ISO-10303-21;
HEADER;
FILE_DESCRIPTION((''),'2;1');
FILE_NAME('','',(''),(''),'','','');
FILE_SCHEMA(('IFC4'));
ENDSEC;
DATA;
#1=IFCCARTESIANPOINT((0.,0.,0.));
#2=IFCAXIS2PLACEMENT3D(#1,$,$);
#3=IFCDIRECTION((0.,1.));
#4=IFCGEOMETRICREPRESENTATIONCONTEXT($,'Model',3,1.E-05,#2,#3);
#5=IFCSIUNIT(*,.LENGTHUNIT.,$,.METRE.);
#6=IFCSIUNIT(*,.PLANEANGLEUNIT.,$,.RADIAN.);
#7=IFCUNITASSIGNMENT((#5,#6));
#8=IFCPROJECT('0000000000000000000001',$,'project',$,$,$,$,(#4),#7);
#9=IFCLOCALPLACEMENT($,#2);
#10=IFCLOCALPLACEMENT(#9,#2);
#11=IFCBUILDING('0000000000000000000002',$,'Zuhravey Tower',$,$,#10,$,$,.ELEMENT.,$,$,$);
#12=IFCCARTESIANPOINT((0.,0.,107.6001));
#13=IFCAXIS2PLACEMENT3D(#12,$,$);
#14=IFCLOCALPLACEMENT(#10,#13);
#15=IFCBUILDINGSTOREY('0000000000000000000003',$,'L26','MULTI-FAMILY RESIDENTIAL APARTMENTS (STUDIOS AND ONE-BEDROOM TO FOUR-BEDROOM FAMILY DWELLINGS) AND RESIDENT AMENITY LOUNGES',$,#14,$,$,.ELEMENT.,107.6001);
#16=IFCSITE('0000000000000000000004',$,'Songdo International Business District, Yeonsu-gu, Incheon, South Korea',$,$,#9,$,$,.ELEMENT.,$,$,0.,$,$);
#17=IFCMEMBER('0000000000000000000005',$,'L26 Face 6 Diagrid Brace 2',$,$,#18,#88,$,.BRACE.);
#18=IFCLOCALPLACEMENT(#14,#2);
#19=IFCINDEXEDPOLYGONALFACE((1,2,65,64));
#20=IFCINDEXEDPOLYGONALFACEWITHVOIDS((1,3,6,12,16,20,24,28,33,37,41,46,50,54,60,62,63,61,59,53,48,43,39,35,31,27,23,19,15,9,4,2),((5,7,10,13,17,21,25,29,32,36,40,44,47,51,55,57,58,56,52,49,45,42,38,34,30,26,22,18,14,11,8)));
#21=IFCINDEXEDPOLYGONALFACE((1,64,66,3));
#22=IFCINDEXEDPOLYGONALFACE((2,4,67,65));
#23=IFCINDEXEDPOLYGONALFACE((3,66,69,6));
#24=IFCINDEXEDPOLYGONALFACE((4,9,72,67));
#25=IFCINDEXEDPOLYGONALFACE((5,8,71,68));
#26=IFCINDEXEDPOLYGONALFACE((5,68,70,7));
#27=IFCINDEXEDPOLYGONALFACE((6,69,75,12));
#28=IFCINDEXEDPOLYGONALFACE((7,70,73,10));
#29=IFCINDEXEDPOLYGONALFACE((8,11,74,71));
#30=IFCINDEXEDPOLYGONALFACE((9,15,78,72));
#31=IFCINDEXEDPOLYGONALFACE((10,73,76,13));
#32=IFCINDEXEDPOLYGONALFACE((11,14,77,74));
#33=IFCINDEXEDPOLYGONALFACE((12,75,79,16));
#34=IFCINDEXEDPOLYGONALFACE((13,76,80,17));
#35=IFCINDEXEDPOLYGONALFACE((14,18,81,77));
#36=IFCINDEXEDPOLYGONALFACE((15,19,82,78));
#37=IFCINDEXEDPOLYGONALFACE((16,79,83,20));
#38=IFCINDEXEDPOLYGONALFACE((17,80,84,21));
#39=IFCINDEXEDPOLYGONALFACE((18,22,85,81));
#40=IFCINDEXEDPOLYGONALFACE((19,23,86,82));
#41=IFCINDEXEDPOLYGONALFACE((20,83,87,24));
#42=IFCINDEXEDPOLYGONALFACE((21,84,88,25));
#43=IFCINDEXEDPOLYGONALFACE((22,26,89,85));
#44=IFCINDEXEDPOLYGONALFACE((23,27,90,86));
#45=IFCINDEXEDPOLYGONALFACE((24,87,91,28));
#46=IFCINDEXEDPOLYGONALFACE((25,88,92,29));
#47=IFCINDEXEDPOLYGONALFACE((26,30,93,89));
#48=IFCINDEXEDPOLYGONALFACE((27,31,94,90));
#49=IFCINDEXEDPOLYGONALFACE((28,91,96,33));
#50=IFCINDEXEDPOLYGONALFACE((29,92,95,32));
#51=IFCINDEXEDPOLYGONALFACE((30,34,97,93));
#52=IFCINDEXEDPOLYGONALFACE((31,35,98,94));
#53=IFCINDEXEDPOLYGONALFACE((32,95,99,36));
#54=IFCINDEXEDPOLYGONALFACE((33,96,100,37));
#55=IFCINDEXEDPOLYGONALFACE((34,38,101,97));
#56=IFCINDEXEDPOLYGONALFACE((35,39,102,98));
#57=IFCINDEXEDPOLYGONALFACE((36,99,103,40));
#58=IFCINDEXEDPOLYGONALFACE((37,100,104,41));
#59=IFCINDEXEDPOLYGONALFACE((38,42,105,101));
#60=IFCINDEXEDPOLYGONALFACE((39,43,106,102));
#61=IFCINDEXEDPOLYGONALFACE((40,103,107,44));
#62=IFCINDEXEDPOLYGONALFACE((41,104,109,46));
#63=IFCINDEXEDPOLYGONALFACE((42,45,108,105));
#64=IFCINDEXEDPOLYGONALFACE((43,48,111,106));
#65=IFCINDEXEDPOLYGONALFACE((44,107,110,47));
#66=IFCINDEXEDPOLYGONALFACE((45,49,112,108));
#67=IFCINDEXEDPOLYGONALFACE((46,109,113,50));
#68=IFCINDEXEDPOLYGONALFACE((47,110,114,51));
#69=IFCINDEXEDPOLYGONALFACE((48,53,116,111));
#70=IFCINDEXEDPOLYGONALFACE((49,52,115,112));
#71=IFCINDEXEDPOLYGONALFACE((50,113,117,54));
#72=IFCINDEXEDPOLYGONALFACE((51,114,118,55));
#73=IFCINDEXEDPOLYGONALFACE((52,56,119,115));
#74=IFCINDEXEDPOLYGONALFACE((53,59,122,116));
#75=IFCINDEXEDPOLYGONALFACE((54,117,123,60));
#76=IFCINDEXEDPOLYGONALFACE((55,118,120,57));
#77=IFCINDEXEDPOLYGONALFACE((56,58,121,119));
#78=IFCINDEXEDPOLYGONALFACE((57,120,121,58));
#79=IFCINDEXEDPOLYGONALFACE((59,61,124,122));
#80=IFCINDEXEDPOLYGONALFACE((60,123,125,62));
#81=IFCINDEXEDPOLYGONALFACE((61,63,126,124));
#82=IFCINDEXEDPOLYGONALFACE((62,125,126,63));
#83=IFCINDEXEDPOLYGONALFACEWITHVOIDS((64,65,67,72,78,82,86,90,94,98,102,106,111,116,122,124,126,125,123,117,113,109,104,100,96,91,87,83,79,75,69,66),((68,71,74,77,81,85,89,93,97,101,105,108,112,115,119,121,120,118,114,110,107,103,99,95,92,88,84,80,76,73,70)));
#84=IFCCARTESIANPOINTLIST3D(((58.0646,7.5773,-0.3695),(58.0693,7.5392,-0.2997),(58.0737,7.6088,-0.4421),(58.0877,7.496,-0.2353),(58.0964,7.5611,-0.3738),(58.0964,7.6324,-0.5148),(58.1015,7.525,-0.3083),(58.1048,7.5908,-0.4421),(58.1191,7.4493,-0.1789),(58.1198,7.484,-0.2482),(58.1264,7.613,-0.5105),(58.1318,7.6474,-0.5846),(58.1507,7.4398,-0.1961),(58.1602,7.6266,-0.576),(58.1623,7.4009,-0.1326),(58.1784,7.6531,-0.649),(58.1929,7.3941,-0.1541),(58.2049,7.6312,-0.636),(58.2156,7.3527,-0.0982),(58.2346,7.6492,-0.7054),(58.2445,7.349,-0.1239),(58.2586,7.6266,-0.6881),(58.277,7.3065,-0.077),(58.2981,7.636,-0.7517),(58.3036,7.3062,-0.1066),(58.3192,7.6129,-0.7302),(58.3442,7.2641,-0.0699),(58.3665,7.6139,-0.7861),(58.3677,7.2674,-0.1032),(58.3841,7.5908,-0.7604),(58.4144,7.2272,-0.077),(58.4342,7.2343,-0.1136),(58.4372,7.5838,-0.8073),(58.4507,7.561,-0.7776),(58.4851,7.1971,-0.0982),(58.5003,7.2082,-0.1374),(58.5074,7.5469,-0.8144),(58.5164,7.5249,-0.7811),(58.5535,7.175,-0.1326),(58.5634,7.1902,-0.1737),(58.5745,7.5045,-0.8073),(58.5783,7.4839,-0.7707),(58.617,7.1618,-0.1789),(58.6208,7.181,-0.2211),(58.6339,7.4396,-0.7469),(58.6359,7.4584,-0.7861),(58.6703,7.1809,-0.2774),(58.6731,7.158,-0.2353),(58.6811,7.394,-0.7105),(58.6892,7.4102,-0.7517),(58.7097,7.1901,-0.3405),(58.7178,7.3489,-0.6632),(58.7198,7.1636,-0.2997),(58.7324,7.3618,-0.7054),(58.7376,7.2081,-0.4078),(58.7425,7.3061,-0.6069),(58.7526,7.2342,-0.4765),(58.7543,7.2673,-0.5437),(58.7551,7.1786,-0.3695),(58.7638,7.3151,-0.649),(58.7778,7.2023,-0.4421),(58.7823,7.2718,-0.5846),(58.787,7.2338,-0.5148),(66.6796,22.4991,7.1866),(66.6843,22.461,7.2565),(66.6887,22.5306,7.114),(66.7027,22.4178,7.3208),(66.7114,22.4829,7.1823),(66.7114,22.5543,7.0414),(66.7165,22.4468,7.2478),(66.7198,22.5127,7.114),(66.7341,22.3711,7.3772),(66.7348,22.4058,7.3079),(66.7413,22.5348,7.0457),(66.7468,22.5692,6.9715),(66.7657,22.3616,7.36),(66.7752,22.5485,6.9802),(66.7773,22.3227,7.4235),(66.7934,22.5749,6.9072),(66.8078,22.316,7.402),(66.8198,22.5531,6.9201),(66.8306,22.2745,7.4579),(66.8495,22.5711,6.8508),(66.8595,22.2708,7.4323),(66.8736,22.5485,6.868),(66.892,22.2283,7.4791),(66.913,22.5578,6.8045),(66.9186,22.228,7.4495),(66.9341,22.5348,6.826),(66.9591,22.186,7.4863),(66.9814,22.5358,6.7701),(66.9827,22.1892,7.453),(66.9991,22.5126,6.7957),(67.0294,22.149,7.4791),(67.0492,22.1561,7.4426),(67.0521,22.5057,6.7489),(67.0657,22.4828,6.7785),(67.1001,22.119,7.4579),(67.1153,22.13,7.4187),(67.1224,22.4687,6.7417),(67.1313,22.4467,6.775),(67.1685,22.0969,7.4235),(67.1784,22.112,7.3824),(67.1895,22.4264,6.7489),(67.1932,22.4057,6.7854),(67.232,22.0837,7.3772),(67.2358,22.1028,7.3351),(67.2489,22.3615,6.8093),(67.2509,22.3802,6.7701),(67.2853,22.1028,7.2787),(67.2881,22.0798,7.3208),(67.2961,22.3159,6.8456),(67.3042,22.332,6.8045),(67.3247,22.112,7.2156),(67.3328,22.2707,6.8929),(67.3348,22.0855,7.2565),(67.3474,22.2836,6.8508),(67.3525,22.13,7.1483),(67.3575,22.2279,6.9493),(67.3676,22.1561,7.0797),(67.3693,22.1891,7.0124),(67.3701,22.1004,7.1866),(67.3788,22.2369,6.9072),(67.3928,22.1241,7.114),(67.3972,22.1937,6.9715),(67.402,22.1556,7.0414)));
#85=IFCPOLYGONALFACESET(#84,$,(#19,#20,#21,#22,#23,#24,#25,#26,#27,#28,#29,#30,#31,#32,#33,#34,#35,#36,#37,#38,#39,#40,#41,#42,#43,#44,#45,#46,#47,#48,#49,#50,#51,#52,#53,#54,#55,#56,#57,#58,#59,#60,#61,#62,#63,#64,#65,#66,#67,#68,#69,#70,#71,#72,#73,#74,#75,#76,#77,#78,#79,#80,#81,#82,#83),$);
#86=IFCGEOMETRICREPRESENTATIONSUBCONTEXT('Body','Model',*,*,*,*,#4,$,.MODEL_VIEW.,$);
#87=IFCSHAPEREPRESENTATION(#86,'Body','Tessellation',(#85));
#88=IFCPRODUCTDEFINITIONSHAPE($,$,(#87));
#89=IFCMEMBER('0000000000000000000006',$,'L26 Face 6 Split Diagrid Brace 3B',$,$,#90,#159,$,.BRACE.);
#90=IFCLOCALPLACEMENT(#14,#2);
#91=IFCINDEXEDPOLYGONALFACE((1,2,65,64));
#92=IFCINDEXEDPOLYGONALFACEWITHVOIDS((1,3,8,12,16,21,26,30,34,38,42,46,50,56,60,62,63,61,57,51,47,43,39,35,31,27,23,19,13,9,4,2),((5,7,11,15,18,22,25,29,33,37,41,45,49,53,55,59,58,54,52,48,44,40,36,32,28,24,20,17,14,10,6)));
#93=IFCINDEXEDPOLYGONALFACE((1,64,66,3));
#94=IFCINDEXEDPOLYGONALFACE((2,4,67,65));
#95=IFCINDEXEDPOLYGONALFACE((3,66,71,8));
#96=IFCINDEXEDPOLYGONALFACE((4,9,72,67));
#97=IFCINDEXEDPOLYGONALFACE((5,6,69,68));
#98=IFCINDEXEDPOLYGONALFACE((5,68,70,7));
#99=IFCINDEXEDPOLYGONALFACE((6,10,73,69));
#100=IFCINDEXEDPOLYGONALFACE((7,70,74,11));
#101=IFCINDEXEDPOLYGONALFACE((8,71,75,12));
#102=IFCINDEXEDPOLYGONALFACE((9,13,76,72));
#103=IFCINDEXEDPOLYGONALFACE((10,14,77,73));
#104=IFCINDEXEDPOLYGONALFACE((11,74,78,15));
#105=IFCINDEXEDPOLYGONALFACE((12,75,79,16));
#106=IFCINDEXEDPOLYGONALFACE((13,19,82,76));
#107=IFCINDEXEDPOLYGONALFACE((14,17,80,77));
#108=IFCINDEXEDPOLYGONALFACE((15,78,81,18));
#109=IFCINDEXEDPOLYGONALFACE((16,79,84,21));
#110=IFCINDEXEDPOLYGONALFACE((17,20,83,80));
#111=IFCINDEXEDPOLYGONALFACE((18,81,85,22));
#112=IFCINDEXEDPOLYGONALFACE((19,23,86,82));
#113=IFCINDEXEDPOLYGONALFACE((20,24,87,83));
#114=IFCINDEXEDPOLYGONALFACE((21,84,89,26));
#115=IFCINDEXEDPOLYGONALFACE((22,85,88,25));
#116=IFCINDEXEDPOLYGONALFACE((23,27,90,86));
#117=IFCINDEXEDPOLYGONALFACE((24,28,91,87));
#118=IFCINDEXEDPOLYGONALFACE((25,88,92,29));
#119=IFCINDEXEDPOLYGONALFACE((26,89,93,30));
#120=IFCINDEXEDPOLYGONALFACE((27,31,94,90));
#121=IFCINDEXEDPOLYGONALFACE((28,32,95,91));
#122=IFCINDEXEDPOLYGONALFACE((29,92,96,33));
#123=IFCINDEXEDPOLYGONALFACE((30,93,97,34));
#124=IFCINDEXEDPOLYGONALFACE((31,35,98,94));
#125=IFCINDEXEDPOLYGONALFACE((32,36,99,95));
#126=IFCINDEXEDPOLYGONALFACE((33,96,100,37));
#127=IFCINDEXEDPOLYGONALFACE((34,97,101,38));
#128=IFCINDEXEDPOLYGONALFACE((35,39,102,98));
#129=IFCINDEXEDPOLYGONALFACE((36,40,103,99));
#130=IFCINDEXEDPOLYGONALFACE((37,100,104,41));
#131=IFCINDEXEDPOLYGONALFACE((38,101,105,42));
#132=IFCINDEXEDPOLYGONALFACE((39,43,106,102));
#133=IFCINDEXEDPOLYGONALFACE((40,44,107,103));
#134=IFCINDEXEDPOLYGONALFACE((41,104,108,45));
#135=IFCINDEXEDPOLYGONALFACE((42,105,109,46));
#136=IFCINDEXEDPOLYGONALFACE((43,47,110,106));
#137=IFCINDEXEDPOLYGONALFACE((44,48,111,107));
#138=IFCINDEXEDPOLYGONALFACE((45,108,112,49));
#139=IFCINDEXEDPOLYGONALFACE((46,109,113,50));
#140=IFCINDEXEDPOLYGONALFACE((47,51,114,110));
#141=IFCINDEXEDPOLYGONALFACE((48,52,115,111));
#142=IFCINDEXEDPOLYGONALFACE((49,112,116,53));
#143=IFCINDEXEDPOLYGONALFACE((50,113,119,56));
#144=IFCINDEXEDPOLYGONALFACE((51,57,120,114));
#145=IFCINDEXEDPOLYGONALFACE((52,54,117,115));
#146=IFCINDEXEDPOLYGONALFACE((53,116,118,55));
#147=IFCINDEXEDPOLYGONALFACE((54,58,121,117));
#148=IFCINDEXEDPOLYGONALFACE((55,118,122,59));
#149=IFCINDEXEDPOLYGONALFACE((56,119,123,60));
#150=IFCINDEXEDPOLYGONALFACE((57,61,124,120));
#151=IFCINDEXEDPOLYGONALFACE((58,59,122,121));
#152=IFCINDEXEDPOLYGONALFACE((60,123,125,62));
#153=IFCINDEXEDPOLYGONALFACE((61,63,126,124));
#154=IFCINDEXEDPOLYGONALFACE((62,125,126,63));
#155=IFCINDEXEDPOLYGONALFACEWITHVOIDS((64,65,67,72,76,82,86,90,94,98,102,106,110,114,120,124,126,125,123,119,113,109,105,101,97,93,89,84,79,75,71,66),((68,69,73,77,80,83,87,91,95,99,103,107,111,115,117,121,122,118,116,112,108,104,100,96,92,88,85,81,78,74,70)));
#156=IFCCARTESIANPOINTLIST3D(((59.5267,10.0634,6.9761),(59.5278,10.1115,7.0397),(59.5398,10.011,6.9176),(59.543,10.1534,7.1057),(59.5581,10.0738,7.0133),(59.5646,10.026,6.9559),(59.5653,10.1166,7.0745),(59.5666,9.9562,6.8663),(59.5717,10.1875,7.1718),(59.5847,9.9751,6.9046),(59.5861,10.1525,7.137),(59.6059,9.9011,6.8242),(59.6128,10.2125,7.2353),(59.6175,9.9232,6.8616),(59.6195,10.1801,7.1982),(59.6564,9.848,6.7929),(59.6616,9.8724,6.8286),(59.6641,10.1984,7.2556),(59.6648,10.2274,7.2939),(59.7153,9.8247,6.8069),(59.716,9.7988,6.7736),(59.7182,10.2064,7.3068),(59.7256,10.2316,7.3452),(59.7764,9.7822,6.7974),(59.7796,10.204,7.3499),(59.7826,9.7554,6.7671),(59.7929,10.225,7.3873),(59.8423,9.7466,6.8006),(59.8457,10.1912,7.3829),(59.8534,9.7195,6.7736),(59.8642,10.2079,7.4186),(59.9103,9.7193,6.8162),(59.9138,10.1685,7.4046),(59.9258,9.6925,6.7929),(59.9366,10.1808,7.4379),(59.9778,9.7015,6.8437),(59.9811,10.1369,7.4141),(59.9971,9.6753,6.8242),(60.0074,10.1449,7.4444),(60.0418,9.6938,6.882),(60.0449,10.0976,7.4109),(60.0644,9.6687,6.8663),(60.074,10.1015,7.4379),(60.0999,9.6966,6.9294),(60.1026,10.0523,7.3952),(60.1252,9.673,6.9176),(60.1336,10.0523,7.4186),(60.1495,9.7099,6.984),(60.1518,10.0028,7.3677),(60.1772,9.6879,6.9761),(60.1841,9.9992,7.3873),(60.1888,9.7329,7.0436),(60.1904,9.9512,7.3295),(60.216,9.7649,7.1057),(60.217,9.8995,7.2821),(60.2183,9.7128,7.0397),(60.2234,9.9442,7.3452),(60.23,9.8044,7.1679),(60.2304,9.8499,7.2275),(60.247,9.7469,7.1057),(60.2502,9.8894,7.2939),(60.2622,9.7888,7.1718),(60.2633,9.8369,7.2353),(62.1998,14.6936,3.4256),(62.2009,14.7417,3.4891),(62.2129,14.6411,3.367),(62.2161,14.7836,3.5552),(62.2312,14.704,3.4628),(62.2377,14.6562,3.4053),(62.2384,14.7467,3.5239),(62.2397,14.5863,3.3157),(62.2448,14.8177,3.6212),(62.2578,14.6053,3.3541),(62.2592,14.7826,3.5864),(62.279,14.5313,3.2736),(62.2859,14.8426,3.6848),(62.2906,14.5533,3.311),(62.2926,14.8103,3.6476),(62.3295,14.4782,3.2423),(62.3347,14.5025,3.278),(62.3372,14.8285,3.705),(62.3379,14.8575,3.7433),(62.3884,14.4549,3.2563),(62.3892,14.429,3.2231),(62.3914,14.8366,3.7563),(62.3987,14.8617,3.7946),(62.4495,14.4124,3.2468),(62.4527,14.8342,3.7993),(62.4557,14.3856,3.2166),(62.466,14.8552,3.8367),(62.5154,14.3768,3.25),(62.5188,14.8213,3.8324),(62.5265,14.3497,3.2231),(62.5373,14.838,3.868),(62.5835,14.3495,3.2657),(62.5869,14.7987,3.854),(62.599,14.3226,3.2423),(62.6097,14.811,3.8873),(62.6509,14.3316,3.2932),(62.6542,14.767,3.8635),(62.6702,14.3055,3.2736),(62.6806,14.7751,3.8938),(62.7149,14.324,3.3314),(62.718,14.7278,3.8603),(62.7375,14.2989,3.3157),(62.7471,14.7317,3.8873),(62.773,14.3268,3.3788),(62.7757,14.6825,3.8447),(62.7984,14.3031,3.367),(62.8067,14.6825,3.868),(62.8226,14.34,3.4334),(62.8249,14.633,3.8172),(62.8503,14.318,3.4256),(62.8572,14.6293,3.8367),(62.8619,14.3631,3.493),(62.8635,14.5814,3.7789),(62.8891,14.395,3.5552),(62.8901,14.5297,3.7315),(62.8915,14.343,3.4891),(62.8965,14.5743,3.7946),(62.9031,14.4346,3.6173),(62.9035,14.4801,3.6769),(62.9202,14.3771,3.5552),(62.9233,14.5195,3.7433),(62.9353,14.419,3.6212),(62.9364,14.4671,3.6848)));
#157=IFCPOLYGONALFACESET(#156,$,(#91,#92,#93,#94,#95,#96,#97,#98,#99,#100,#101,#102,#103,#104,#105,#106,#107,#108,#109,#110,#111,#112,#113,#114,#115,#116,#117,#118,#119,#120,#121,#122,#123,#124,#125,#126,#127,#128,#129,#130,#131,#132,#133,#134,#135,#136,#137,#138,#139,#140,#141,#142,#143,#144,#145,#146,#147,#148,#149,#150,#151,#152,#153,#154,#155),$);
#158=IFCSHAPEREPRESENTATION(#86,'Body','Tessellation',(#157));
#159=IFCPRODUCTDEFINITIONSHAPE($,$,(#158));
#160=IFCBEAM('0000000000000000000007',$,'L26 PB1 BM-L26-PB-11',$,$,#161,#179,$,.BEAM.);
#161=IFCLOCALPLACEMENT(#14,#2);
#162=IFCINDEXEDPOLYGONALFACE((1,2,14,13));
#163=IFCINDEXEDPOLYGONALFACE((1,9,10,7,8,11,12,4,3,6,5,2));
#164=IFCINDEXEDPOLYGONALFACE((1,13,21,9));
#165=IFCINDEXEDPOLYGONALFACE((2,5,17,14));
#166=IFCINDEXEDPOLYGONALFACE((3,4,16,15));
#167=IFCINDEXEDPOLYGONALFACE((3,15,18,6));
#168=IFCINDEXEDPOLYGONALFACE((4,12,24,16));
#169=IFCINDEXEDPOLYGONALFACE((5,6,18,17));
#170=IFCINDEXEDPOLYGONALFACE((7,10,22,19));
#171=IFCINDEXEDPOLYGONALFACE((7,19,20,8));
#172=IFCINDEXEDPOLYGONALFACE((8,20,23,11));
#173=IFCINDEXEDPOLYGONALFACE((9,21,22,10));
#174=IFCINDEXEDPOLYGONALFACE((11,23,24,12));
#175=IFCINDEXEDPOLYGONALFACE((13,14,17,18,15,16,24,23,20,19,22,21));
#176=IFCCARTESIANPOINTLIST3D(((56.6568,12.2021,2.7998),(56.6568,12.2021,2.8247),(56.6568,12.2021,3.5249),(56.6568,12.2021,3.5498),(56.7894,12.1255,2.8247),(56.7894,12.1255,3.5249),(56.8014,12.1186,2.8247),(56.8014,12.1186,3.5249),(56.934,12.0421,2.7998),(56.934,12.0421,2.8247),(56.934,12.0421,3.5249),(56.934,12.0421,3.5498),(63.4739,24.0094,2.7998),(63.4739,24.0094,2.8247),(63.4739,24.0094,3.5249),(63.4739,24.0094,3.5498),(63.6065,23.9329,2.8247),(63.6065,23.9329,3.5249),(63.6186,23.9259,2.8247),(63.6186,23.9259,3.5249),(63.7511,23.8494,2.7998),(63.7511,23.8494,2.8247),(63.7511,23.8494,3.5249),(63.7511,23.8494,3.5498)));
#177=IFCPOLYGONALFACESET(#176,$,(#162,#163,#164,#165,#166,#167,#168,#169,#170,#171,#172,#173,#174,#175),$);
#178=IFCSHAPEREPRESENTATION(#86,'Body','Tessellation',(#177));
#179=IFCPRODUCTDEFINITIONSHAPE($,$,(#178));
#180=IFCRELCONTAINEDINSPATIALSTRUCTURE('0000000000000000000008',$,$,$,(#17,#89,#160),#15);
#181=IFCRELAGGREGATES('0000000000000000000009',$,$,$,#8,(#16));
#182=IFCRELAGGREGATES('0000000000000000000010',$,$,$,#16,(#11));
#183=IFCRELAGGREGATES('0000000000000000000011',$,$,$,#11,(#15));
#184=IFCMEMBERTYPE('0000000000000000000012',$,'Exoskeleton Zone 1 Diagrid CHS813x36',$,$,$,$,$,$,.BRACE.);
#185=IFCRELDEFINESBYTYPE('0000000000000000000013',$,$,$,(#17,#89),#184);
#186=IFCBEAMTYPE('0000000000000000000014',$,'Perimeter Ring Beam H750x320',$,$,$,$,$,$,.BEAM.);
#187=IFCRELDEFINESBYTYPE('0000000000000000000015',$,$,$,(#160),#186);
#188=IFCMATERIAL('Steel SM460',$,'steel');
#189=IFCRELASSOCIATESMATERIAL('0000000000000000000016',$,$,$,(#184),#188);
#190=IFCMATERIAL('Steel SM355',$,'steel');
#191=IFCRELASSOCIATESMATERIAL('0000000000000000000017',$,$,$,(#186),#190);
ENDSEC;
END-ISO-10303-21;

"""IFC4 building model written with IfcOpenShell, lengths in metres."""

from ifc_helpers import new_model, si_unit, direction, frame, origin, origin_2d, place, context, subcontext, project, spatial, hollow_circle, i_section, extrude, material, material_profile, profile_set, type_object, element, save


model = new_model("IFC4")

# Units and contexts
model_context = context("Model", 3, precision=1e-05, world=origin(), true_north=direction((0.0, 1.0)))
body_context = subcontext(model_context, "Body", "Model", "MODEL_VIEW")
ifc_project = project(units=[si_unit("LENGTHUNIT", "METRE"), si_unit("PLANEANGLEUNIT", "RADIAN")], contexts=[model_context])

# Site, building, storey
site_placement = place(None, origin())
site = spatial("IfcSite", under=ifc_project, at=site_placement, Name="Songdo International Business District, Yeonsu-gu, Incheon, South Korea", CompositionType="ELEMENT", RefElevation=0.0)
building_placement = place(site_placement, origin())
building = spatial("IfcBuilding", under=site, at=building_placement, Name="Zuhravey Tower", CompositionType="ELEMENT")
storey_placement = place(building_placement, frame((0.0, 0.0, 107.6001)))
storey = spatial("IfcBuildingStorey", under=building, at=storey_placement, Name="L26", Description="MULTI-FAMILY RESIDENTIAL APARTMENTS (STUDIOS AND ONE-BEDROOM TO FOUR-BEDROOM FAMILY DWELLINGS) AND RESIDENT AMENITY LOUNGES", CompositionType="ELEMENT", Elevation=107.6001)

# Members
ifc_material_1 = material(Name="Steel SM355", Category="steel")
ifc_material_2 = material(Name="Steel SM460", Category="steel")
ifc_material_profile_1 = material_profile(ifc_material_2, hollow_circle(Radius=0.4065, WallThickness=0.0359, at=origin_2d()), Name="CHS-812.8x36")
ifc_profile_set_1 = profile_set([ifc_material_profile_1], Name="Steel SM460")
member_type_1 = type_object("IfcMemberType", Name="Exoskeleton Zone 1 Diagrid CHS813x36", PredefinedType="BRACE", material=ifc_profile_set_1)
member_1_placement = place(storey_placement, frame((58.4258, 7.4055, -0.4421), z_axis=(0.457897, 0.793116, 0.401619), x_axis=(-0.866029, 0.499993, 0.0)))
element("IfcMember", 1, at=member_1_placement, inside=storey, type_object=member_type_1, Name="L26 Face 6 Diagrid Brace 2", PredefinedType="BRACE", context=body_context, shape_type="SweptSolid", body=[
    extrude(hollow_circle(Radius=0.4065, WallThickness=0.0359, at=origin_2d()), origin(), (0.0, 0.0, 1.0), 18.8142),
])
member_2_placement = place(storey_placement, frame((62.5681, 14.5803, 3.5552), z_axis=(-0.416504, -0.721436, 0.553222), x_axis=(0.866034, -0.499985, 0.0)))
element("IfcMember", 2, at=member_2_placement, inside=storey, type_object=member_type_1, Name="L26 Face 6 Split Diagrid Brace 3B", PredefinedType="BRACE", context=body_context, shape_type="SweptSolid", body=[
    extrude(hollow_circle(Radius=0.4065, WallThickness=0.0359, at=origin_2d()), origin(), (0.0, 0.0, 1.0), 6.418),
])

# Beam
ifc_material_profile_2 = material_profile(ifc_material_1, i_section(OverallWidth=0.3201, OverallDepth=0.75, WebThickness=0.0139, FlangeThickness=0.0249, at=origin_2d()), Name="H-750x320x14x25")
ifc_profile_set_2 = profile_set([ifc_material_profile_2], Name="Steel SM355")
beam_type_1 = type_object("IfcBeamType", Name="Perimeter Ring Beam H750x320", PredefinedType="BEAM", material=ifc_profile_set_2)
beam_1_placement = place(storey_placement, frame((56.7954, 12.1221, 3.1748), z_axis=(0.500008, 0.866021, 0.0), x_axis=(-0.866021, 0.500008, 0.0)))
element("IfcBeam", 3, at=beam_1_placement, inside=storey, type_object=beam_type_1, Name="L26 PB1 BM-L26-PB-11", PredefinedType="BEAM", context=body_context, shape_type="SweptSolid", body=[
    extrude(i_section(OverallWidth=0.3201, OverallDepth=0.75, WebThickness=0.0139, FlangeThickness=0.0249, at=origin_2d()), origin(), (0.0, 0.0, 1.0), 13.634),
])

save(model, "model.ifc")
